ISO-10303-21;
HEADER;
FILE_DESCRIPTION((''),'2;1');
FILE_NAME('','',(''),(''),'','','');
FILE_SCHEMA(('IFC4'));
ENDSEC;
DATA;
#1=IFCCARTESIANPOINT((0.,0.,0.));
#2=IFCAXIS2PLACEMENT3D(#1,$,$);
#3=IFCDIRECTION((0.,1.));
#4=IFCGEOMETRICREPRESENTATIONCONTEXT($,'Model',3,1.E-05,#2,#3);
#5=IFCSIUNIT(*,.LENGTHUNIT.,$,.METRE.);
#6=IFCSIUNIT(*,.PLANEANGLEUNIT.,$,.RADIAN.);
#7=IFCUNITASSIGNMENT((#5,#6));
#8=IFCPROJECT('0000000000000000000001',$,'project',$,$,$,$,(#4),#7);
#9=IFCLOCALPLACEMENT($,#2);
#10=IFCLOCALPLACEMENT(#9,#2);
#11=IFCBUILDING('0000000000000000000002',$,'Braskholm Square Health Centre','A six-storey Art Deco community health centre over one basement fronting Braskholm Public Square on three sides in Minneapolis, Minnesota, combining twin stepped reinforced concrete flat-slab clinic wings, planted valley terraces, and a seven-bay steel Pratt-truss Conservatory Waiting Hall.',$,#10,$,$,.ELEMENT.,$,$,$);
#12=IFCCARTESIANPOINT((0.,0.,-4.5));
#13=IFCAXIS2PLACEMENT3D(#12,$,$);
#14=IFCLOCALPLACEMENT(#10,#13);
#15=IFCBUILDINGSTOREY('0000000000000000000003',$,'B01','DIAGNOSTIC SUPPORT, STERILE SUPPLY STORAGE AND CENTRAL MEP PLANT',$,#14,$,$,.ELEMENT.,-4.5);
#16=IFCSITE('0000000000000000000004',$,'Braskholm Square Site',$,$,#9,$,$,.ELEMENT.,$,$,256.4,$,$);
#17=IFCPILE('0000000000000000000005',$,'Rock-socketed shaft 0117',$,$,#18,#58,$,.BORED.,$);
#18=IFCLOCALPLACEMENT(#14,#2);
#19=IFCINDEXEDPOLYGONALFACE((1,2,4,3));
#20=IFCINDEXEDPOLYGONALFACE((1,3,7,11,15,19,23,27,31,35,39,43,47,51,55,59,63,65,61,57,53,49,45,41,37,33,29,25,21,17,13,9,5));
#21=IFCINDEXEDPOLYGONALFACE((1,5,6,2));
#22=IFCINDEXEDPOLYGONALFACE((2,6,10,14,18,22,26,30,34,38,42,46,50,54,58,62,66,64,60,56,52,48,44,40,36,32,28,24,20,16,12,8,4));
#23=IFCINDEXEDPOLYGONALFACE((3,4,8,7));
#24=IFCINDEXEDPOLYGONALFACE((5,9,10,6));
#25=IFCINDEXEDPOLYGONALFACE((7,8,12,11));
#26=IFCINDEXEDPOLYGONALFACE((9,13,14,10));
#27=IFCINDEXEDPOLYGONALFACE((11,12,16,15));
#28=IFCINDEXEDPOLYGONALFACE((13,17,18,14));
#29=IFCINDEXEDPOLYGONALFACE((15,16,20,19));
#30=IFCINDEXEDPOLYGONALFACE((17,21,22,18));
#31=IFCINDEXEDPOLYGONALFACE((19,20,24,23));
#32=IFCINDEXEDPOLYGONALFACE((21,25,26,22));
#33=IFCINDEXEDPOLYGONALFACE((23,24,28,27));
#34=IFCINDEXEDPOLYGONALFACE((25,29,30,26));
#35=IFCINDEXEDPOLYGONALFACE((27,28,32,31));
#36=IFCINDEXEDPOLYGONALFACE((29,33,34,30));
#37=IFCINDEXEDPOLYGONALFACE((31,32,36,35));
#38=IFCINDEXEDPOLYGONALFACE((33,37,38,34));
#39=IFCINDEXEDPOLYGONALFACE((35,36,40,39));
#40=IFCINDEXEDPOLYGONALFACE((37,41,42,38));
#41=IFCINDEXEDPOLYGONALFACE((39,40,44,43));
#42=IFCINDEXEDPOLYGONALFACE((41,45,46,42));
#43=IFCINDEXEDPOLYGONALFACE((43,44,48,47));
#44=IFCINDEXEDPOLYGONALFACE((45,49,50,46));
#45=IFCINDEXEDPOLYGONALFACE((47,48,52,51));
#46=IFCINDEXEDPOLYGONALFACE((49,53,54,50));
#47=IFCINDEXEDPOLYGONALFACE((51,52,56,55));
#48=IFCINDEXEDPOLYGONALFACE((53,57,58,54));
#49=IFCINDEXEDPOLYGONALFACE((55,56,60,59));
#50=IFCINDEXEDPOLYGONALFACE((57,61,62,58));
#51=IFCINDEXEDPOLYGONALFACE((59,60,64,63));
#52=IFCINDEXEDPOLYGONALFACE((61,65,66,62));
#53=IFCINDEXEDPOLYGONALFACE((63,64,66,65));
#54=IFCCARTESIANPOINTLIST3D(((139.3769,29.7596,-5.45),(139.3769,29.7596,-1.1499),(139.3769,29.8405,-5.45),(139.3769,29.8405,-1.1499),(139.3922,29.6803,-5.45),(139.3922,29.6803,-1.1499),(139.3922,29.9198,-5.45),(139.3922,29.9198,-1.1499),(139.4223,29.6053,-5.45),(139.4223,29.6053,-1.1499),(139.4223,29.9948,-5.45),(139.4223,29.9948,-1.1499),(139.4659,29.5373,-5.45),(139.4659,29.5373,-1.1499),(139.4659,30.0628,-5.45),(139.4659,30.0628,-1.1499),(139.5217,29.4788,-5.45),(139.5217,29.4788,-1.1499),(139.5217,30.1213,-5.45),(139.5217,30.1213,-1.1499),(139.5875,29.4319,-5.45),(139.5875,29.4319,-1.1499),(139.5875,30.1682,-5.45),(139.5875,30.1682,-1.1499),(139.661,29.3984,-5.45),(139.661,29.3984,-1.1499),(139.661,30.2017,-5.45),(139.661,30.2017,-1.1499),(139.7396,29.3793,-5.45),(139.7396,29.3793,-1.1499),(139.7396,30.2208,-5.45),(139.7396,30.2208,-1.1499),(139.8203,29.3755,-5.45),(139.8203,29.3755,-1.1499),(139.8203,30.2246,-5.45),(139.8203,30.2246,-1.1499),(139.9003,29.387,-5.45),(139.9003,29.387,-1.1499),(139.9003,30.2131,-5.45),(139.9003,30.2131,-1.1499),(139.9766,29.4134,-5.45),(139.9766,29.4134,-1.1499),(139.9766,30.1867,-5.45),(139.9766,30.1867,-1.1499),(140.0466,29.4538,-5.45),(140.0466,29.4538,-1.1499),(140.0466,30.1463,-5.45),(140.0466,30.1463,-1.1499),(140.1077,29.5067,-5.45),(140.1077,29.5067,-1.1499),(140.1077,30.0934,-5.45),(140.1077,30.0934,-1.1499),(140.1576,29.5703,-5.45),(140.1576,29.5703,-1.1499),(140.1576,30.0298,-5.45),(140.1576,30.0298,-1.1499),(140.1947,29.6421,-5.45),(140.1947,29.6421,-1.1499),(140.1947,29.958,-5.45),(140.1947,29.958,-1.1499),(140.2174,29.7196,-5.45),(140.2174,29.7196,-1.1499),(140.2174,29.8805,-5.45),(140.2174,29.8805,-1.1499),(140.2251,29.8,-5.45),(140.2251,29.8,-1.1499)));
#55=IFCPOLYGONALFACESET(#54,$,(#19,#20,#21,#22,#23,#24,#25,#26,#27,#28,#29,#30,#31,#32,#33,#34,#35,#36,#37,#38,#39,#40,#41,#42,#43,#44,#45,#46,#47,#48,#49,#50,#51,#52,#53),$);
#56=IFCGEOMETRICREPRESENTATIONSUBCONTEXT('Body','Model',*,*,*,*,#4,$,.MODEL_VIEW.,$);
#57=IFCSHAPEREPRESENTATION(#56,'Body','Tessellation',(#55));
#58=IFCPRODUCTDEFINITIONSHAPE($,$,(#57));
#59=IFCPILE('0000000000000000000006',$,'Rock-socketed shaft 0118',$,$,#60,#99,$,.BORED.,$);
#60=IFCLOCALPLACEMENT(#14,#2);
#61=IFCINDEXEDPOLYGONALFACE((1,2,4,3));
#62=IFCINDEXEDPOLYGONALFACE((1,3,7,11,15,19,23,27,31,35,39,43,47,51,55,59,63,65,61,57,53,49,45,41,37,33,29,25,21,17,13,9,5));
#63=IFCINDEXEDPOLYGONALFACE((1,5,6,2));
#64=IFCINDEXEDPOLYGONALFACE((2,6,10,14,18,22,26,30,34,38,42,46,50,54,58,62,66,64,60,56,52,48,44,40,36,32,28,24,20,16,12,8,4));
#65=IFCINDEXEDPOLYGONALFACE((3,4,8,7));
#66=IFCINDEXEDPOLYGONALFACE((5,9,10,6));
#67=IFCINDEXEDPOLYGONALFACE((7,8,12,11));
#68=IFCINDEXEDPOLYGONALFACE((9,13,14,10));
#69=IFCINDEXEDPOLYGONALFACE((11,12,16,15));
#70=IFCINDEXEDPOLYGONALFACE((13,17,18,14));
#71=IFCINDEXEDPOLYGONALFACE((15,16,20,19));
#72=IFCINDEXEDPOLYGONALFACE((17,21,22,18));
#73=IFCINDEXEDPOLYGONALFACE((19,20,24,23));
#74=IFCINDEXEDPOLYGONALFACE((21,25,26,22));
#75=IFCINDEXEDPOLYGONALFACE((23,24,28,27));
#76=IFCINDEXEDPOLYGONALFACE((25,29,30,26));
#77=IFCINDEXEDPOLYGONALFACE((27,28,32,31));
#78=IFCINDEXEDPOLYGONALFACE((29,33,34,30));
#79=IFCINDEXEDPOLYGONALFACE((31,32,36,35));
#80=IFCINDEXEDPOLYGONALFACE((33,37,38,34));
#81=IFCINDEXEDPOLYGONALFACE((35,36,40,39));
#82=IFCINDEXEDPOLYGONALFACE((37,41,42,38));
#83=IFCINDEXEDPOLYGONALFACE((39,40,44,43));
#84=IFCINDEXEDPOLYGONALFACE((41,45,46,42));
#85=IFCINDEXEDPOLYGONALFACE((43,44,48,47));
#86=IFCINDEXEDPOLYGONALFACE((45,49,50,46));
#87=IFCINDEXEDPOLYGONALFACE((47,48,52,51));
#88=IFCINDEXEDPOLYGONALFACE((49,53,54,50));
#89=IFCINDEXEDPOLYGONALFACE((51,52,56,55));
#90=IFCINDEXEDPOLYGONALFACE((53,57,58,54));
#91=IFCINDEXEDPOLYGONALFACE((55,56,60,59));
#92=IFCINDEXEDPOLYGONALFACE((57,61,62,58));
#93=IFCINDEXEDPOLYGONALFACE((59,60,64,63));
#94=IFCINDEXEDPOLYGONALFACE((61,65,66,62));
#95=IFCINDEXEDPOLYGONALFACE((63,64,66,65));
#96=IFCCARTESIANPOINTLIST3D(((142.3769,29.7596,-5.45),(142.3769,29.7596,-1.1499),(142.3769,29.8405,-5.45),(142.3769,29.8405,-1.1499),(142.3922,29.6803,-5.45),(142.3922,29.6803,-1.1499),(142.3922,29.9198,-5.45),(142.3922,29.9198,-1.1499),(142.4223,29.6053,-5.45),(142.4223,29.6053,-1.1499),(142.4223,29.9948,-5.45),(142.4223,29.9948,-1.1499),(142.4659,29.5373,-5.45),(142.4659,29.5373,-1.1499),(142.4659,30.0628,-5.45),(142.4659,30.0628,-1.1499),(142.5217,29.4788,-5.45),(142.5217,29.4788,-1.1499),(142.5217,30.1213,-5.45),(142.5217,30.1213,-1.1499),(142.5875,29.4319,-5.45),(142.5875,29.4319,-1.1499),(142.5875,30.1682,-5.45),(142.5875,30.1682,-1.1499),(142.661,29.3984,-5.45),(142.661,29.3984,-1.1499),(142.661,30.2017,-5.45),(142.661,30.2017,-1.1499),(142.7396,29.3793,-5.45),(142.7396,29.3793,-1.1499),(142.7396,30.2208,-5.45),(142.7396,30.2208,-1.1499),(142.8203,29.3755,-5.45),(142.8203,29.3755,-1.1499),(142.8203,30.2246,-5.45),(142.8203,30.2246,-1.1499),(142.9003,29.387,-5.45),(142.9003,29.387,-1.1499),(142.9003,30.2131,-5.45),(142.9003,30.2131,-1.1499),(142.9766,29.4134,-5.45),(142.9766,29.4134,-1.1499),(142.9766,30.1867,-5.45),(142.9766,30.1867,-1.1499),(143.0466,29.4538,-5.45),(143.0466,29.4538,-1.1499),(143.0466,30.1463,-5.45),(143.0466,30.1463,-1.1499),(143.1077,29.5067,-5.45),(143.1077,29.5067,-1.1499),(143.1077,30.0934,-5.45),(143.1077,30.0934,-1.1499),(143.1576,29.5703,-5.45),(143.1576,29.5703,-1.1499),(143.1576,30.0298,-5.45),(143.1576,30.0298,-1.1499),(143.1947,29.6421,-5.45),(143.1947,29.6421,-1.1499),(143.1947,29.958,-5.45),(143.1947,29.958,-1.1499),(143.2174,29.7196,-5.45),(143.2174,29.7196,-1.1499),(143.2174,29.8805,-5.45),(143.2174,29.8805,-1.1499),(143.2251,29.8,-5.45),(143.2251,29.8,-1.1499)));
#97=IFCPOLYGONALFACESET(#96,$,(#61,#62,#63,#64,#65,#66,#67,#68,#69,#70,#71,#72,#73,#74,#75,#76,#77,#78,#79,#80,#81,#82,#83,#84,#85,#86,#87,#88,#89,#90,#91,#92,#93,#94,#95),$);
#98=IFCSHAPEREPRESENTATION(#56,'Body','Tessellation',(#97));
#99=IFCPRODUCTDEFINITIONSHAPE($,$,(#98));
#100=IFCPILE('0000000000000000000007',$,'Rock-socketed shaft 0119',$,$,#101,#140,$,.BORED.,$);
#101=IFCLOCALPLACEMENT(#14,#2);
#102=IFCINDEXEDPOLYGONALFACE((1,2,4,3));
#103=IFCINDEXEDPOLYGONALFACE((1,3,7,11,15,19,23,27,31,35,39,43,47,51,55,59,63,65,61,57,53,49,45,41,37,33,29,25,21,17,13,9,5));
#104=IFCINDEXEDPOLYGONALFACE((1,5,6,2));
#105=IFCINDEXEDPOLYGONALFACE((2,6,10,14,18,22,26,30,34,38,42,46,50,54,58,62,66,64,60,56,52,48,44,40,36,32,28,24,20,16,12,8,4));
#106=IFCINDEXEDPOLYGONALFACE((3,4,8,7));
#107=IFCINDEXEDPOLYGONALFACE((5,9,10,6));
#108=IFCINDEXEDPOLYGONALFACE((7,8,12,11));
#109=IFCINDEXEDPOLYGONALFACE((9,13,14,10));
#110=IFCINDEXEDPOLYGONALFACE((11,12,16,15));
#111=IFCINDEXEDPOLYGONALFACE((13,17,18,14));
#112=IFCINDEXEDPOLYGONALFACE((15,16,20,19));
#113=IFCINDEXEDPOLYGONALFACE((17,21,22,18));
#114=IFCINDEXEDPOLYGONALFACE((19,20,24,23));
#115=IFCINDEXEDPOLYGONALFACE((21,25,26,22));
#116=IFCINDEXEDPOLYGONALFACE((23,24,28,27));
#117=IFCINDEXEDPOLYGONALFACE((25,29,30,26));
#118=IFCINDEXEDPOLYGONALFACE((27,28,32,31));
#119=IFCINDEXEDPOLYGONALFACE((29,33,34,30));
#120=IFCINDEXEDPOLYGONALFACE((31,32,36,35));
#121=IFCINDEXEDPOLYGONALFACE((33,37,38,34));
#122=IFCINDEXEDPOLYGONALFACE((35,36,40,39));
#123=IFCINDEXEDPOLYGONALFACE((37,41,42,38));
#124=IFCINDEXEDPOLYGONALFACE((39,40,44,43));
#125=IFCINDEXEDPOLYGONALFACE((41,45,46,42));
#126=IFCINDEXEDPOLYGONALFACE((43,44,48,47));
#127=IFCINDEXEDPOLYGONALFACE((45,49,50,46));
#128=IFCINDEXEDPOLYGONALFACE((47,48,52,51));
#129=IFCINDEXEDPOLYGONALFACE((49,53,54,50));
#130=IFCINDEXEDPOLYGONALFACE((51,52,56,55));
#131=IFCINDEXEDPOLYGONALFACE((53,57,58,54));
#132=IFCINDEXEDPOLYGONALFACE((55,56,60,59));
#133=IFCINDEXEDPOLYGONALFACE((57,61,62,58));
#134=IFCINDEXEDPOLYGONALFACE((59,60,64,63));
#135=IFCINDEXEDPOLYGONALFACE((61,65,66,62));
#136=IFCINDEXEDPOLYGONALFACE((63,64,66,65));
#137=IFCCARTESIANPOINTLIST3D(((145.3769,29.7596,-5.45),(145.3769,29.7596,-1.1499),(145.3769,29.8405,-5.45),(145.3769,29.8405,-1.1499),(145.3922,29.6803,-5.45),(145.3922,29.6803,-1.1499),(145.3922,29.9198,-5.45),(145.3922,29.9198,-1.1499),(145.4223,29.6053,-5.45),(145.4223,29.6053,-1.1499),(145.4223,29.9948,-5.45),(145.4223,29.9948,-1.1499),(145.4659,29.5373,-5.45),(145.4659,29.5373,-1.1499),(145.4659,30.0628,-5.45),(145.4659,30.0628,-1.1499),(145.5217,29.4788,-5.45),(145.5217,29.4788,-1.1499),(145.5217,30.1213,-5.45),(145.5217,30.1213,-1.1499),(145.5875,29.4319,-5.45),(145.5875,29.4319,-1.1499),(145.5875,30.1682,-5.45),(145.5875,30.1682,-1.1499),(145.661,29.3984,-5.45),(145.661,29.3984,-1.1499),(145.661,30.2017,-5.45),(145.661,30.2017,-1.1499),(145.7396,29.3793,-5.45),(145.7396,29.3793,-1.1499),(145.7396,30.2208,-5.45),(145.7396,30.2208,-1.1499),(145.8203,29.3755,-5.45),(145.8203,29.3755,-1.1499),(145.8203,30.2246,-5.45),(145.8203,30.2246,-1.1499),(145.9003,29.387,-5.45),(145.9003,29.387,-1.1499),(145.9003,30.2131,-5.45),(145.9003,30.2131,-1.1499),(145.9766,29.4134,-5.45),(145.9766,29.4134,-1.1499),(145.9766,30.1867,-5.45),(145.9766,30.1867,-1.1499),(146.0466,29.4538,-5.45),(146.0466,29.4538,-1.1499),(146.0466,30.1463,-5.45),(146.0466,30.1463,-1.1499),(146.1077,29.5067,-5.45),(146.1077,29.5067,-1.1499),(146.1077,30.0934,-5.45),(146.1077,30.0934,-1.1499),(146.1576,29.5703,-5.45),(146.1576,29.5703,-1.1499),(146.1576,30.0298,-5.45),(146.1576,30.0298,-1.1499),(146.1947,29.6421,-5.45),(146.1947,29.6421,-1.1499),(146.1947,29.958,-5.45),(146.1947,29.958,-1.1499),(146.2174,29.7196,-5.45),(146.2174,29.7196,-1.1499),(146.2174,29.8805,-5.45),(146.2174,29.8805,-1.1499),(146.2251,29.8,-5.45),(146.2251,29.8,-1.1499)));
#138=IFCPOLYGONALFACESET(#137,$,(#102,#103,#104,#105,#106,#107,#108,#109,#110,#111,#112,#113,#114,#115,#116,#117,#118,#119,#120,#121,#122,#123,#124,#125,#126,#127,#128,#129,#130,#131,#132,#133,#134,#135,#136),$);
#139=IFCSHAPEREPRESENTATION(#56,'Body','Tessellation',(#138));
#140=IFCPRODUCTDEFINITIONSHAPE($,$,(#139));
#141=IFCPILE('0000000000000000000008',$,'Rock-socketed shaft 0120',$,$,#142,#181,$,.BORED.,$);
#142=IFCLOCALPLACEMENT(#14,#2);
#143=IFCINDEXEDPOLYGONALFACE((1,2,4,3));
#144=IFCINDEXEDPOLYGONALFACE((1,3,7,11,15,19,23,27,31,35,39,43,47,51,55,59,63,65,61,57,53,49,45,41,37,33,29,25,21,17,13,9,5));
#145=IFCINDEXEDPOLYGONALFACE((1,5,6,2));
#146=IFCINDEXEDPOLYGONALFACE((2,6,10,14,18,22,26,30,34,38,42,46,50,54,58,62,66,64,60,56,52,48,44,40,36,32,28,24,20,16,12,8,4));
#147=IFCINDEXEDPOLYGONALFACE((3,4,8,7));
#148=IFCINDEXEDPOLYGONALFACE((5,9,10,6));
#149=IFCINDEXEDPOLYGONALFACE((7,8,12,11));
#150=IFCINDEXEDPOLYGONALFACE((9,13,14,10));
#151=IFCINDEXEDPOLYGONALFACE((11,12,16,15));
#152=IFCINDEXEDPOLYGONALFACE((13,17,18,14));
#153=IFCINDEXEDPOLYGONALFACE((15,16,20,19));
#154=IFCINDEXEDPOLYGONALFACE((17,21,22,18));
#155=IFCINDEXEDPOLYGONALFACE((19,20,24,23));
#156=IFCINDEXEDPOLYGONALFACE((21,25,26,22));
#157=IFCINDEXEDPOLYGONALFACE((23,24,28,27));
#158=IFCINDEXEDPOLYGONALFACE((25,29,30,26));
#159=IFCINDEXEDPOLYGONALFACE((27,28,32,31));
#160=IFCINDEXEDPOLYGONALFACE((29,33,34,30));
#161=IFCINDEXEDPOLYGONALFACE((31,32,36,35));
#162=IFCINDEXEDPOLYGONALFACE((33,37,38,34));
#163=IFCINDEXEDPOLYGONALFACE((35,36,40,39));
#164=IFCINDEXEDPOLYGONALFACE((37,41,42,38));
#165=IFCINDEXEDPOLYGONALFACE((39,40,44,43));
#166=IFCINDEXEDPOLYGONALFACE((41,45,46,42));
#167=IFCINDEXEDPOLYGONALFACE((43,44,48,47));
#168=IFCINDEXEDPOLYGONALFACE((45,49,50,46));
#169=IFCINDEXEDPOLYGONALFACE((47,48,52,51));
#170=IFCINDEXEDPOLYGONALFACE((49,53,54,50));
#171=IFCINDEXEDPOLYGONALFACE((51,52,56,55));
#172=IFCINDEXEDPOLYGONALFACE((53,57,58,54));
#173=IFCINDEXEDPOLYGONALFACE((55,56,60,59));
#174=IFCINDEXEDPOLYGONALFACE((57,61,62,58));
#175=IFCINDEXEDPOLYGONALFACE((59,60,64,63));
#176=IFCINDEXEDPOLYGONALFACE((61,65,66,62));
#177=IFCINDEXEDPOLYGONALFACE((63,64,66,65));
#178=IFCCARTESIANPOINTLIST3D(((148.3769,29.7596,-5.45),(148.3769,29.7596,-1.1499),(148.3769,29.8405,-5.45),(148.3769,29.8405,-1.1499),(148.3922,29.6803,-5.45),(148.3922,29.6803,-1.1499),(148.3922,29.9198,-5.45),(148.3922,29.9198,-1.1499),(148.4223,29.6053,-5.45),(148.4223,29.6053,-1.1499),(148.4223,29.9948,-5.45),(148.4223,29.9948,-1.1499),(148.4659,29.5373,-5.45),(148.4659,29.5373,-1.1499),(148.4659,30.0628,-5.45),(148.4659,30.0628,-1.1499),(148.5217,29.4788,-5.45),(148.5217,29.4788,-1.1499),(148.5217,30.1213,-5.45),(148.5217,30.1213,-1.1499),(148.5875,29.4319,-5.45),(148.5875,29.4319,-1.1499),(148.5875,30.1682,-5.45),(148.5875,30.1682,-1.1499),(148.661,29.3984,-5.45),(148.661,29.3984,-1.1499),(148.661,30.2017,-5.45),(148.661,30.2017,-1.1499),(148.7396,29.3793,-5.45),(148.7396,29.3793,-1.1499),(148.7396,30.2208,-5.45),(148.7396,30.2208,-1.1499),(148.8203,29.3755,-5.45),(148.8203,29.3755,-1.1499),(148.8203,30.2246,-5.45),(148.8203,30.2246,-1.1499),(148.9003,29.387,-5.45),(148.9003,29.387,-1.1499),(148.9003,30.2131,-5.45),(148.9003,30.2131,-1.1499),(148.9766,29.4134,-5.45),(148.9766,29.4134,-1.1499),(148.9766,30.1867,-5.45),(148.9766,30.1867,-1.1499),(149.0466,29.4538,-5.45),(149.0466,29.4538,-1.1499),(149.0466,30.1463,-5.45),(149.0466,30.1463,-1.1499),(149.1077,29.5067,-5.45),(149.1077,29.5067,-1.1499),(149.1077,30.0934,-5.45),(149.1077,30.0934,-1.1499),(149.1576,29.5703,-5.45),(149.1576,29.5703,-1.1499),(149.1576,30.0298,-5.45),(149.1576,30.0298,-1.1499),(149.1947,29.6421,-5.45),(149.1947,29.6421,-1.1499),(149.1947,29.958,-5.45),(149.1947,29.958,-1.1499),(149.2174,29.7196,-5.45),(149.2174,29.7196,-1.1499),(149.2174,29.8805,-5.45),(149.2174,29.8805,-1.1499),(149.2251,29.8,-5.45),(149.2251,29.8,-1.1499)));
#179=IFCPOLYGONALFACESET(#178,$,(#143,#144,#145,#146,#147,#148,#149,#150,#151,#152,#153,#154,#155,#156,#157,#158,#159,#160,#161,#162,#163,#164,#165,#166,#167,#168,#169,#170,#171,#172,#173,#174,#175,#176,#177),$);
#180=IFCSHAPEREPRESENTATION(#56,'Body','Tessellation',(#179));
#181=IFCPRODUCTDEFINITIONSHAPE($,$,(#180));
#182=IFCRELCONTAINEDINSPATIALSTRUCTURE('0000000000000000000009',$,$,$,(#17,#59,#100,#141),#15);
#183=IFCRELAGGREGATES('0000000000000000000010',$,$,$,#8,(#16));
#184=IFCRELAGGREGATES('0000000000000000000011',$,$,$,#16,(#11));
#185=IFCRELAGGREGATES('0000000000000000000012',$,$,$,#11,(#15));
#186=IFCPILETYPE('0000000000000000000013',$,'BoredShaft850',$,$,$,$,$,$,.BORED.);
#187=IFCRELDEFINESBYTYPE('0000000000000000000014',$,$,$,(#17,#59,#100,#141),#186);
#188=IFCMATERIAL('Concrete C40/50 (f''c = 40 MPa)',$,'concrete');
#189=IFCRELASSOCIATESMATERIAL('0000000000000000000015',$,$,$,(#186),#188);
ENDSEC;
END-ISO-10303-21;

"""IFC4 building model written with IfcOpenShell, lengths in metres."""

from ifc_helpers import new_model, si_unit, direction, frame, origin, origin_2d, place, context, subcontext, project, spatial, circle, extrude, material, material_profile, profile_set, type_object, element, save


model = new_model("IFC4")

# Units and contexts
model_context = context("Model", 3, precision=1e-05, world=origin(), true_north=direction((0.0, 1.0)))
body_context = subcontext(model_context, "Body", "Model", "MODEL_VIEW")
ifc_project = project(units=[si_unit("LENGTHUNIT", "METRE"), si_unit("PLANEANGLEUNIT", "RADIAN")], contexts=[model_context])

# Site, building, storey
site_placement = place(None, origin())
site = spatial("IfcSite", under=ifc_project, at=site_placement, Name="Braskholm Square Site", CompositionType="ELEMENT", RefElevation=256.4)
building_placement = place(site_placement, origin())
building = spatial("IfcBuilding", under=site, at=building_placement, Name="Braskholm Square Health Centre", Description="A six-storey Art Deco community health centre over one basement fronting Braskholm Public Square on three sides in Minneapolis, Minnesota, combining twin stepped reinforced concrete flat-slab clinic wings, planted valley terraces, and a seven-bay steel Pratt-truss Conservatory Waiting Hall.", CompositionType="ELEMENT")
storey_placement = place(building_placement, frame((0.0, 0.0, -4.5)))
storey = spatial("IfcBuildingStorey", under=building, at=storey_placement, Name="B01", Description="DIAGNOSTIC SUPPORT, STERILE SUPPLY STORAGE AND CENTRAL MEP PLANT", CompositionType="ELEMENT", Elevation=-4.5)

# Piles
ifc_material_1 = material(Name="Concrete C40/50 (f'c = 40 MPa)", Category="concrete")
ifc_material_profile_1 = material_profile(ifc_material_1, circle(Radius=0.425, at=origin_2d()), Name="BORED-PILE-850")
ifc_profile_set_1 = profile_set([ifc_material_profile_1], Name="Concrete C40/50 (f'c = 40 MPa)")
pile_type = type_object("IfcPileType", Name="BoredShaft850", PredefinedType="BORED", material=ifc_profile_set_1)
for number, where, z_axis, x_axis, name in (
    (1, (139.8, 29.8, -1.1499), (0.0, 0.0, -1.0), (1.0, 0.0, 0.0), "Rock-socketed shaft 0117"),
    (2, (142.8, 29.8, -1.1499), (0.0, 0.0, -1.0), (1.0, 0.0, 0.0), "Rock-socketed shaft 0118"),
    (3, (145.8, 29.8, -1.1499), (0.0, 0.0, -1.0), (1.0, 0.0, 0.0), "Rock-socketed shaft 0119"),
    (4, (148.8, 29.8, -1.1499), (0.0, 0.0, -1.0), (1.0, 0.0, 0.0), "Rock-socketed shaft 0120"),
):
    element("IfcPile", number, at=place(storey_placement, frame(where, z_axis=z_axis, x_axis=x_axis)), inside=storey, type_object=pile_type, Name=name, PredefinedType="BORED", context=body_context, shape_type="SweptSolid", body=[
        extrude(circle(Radius=0.425, at=origin_2d()), origin(), (0.0, 0.0, 1.0), 4.3),
    ])

save(model, "model.ifc")
